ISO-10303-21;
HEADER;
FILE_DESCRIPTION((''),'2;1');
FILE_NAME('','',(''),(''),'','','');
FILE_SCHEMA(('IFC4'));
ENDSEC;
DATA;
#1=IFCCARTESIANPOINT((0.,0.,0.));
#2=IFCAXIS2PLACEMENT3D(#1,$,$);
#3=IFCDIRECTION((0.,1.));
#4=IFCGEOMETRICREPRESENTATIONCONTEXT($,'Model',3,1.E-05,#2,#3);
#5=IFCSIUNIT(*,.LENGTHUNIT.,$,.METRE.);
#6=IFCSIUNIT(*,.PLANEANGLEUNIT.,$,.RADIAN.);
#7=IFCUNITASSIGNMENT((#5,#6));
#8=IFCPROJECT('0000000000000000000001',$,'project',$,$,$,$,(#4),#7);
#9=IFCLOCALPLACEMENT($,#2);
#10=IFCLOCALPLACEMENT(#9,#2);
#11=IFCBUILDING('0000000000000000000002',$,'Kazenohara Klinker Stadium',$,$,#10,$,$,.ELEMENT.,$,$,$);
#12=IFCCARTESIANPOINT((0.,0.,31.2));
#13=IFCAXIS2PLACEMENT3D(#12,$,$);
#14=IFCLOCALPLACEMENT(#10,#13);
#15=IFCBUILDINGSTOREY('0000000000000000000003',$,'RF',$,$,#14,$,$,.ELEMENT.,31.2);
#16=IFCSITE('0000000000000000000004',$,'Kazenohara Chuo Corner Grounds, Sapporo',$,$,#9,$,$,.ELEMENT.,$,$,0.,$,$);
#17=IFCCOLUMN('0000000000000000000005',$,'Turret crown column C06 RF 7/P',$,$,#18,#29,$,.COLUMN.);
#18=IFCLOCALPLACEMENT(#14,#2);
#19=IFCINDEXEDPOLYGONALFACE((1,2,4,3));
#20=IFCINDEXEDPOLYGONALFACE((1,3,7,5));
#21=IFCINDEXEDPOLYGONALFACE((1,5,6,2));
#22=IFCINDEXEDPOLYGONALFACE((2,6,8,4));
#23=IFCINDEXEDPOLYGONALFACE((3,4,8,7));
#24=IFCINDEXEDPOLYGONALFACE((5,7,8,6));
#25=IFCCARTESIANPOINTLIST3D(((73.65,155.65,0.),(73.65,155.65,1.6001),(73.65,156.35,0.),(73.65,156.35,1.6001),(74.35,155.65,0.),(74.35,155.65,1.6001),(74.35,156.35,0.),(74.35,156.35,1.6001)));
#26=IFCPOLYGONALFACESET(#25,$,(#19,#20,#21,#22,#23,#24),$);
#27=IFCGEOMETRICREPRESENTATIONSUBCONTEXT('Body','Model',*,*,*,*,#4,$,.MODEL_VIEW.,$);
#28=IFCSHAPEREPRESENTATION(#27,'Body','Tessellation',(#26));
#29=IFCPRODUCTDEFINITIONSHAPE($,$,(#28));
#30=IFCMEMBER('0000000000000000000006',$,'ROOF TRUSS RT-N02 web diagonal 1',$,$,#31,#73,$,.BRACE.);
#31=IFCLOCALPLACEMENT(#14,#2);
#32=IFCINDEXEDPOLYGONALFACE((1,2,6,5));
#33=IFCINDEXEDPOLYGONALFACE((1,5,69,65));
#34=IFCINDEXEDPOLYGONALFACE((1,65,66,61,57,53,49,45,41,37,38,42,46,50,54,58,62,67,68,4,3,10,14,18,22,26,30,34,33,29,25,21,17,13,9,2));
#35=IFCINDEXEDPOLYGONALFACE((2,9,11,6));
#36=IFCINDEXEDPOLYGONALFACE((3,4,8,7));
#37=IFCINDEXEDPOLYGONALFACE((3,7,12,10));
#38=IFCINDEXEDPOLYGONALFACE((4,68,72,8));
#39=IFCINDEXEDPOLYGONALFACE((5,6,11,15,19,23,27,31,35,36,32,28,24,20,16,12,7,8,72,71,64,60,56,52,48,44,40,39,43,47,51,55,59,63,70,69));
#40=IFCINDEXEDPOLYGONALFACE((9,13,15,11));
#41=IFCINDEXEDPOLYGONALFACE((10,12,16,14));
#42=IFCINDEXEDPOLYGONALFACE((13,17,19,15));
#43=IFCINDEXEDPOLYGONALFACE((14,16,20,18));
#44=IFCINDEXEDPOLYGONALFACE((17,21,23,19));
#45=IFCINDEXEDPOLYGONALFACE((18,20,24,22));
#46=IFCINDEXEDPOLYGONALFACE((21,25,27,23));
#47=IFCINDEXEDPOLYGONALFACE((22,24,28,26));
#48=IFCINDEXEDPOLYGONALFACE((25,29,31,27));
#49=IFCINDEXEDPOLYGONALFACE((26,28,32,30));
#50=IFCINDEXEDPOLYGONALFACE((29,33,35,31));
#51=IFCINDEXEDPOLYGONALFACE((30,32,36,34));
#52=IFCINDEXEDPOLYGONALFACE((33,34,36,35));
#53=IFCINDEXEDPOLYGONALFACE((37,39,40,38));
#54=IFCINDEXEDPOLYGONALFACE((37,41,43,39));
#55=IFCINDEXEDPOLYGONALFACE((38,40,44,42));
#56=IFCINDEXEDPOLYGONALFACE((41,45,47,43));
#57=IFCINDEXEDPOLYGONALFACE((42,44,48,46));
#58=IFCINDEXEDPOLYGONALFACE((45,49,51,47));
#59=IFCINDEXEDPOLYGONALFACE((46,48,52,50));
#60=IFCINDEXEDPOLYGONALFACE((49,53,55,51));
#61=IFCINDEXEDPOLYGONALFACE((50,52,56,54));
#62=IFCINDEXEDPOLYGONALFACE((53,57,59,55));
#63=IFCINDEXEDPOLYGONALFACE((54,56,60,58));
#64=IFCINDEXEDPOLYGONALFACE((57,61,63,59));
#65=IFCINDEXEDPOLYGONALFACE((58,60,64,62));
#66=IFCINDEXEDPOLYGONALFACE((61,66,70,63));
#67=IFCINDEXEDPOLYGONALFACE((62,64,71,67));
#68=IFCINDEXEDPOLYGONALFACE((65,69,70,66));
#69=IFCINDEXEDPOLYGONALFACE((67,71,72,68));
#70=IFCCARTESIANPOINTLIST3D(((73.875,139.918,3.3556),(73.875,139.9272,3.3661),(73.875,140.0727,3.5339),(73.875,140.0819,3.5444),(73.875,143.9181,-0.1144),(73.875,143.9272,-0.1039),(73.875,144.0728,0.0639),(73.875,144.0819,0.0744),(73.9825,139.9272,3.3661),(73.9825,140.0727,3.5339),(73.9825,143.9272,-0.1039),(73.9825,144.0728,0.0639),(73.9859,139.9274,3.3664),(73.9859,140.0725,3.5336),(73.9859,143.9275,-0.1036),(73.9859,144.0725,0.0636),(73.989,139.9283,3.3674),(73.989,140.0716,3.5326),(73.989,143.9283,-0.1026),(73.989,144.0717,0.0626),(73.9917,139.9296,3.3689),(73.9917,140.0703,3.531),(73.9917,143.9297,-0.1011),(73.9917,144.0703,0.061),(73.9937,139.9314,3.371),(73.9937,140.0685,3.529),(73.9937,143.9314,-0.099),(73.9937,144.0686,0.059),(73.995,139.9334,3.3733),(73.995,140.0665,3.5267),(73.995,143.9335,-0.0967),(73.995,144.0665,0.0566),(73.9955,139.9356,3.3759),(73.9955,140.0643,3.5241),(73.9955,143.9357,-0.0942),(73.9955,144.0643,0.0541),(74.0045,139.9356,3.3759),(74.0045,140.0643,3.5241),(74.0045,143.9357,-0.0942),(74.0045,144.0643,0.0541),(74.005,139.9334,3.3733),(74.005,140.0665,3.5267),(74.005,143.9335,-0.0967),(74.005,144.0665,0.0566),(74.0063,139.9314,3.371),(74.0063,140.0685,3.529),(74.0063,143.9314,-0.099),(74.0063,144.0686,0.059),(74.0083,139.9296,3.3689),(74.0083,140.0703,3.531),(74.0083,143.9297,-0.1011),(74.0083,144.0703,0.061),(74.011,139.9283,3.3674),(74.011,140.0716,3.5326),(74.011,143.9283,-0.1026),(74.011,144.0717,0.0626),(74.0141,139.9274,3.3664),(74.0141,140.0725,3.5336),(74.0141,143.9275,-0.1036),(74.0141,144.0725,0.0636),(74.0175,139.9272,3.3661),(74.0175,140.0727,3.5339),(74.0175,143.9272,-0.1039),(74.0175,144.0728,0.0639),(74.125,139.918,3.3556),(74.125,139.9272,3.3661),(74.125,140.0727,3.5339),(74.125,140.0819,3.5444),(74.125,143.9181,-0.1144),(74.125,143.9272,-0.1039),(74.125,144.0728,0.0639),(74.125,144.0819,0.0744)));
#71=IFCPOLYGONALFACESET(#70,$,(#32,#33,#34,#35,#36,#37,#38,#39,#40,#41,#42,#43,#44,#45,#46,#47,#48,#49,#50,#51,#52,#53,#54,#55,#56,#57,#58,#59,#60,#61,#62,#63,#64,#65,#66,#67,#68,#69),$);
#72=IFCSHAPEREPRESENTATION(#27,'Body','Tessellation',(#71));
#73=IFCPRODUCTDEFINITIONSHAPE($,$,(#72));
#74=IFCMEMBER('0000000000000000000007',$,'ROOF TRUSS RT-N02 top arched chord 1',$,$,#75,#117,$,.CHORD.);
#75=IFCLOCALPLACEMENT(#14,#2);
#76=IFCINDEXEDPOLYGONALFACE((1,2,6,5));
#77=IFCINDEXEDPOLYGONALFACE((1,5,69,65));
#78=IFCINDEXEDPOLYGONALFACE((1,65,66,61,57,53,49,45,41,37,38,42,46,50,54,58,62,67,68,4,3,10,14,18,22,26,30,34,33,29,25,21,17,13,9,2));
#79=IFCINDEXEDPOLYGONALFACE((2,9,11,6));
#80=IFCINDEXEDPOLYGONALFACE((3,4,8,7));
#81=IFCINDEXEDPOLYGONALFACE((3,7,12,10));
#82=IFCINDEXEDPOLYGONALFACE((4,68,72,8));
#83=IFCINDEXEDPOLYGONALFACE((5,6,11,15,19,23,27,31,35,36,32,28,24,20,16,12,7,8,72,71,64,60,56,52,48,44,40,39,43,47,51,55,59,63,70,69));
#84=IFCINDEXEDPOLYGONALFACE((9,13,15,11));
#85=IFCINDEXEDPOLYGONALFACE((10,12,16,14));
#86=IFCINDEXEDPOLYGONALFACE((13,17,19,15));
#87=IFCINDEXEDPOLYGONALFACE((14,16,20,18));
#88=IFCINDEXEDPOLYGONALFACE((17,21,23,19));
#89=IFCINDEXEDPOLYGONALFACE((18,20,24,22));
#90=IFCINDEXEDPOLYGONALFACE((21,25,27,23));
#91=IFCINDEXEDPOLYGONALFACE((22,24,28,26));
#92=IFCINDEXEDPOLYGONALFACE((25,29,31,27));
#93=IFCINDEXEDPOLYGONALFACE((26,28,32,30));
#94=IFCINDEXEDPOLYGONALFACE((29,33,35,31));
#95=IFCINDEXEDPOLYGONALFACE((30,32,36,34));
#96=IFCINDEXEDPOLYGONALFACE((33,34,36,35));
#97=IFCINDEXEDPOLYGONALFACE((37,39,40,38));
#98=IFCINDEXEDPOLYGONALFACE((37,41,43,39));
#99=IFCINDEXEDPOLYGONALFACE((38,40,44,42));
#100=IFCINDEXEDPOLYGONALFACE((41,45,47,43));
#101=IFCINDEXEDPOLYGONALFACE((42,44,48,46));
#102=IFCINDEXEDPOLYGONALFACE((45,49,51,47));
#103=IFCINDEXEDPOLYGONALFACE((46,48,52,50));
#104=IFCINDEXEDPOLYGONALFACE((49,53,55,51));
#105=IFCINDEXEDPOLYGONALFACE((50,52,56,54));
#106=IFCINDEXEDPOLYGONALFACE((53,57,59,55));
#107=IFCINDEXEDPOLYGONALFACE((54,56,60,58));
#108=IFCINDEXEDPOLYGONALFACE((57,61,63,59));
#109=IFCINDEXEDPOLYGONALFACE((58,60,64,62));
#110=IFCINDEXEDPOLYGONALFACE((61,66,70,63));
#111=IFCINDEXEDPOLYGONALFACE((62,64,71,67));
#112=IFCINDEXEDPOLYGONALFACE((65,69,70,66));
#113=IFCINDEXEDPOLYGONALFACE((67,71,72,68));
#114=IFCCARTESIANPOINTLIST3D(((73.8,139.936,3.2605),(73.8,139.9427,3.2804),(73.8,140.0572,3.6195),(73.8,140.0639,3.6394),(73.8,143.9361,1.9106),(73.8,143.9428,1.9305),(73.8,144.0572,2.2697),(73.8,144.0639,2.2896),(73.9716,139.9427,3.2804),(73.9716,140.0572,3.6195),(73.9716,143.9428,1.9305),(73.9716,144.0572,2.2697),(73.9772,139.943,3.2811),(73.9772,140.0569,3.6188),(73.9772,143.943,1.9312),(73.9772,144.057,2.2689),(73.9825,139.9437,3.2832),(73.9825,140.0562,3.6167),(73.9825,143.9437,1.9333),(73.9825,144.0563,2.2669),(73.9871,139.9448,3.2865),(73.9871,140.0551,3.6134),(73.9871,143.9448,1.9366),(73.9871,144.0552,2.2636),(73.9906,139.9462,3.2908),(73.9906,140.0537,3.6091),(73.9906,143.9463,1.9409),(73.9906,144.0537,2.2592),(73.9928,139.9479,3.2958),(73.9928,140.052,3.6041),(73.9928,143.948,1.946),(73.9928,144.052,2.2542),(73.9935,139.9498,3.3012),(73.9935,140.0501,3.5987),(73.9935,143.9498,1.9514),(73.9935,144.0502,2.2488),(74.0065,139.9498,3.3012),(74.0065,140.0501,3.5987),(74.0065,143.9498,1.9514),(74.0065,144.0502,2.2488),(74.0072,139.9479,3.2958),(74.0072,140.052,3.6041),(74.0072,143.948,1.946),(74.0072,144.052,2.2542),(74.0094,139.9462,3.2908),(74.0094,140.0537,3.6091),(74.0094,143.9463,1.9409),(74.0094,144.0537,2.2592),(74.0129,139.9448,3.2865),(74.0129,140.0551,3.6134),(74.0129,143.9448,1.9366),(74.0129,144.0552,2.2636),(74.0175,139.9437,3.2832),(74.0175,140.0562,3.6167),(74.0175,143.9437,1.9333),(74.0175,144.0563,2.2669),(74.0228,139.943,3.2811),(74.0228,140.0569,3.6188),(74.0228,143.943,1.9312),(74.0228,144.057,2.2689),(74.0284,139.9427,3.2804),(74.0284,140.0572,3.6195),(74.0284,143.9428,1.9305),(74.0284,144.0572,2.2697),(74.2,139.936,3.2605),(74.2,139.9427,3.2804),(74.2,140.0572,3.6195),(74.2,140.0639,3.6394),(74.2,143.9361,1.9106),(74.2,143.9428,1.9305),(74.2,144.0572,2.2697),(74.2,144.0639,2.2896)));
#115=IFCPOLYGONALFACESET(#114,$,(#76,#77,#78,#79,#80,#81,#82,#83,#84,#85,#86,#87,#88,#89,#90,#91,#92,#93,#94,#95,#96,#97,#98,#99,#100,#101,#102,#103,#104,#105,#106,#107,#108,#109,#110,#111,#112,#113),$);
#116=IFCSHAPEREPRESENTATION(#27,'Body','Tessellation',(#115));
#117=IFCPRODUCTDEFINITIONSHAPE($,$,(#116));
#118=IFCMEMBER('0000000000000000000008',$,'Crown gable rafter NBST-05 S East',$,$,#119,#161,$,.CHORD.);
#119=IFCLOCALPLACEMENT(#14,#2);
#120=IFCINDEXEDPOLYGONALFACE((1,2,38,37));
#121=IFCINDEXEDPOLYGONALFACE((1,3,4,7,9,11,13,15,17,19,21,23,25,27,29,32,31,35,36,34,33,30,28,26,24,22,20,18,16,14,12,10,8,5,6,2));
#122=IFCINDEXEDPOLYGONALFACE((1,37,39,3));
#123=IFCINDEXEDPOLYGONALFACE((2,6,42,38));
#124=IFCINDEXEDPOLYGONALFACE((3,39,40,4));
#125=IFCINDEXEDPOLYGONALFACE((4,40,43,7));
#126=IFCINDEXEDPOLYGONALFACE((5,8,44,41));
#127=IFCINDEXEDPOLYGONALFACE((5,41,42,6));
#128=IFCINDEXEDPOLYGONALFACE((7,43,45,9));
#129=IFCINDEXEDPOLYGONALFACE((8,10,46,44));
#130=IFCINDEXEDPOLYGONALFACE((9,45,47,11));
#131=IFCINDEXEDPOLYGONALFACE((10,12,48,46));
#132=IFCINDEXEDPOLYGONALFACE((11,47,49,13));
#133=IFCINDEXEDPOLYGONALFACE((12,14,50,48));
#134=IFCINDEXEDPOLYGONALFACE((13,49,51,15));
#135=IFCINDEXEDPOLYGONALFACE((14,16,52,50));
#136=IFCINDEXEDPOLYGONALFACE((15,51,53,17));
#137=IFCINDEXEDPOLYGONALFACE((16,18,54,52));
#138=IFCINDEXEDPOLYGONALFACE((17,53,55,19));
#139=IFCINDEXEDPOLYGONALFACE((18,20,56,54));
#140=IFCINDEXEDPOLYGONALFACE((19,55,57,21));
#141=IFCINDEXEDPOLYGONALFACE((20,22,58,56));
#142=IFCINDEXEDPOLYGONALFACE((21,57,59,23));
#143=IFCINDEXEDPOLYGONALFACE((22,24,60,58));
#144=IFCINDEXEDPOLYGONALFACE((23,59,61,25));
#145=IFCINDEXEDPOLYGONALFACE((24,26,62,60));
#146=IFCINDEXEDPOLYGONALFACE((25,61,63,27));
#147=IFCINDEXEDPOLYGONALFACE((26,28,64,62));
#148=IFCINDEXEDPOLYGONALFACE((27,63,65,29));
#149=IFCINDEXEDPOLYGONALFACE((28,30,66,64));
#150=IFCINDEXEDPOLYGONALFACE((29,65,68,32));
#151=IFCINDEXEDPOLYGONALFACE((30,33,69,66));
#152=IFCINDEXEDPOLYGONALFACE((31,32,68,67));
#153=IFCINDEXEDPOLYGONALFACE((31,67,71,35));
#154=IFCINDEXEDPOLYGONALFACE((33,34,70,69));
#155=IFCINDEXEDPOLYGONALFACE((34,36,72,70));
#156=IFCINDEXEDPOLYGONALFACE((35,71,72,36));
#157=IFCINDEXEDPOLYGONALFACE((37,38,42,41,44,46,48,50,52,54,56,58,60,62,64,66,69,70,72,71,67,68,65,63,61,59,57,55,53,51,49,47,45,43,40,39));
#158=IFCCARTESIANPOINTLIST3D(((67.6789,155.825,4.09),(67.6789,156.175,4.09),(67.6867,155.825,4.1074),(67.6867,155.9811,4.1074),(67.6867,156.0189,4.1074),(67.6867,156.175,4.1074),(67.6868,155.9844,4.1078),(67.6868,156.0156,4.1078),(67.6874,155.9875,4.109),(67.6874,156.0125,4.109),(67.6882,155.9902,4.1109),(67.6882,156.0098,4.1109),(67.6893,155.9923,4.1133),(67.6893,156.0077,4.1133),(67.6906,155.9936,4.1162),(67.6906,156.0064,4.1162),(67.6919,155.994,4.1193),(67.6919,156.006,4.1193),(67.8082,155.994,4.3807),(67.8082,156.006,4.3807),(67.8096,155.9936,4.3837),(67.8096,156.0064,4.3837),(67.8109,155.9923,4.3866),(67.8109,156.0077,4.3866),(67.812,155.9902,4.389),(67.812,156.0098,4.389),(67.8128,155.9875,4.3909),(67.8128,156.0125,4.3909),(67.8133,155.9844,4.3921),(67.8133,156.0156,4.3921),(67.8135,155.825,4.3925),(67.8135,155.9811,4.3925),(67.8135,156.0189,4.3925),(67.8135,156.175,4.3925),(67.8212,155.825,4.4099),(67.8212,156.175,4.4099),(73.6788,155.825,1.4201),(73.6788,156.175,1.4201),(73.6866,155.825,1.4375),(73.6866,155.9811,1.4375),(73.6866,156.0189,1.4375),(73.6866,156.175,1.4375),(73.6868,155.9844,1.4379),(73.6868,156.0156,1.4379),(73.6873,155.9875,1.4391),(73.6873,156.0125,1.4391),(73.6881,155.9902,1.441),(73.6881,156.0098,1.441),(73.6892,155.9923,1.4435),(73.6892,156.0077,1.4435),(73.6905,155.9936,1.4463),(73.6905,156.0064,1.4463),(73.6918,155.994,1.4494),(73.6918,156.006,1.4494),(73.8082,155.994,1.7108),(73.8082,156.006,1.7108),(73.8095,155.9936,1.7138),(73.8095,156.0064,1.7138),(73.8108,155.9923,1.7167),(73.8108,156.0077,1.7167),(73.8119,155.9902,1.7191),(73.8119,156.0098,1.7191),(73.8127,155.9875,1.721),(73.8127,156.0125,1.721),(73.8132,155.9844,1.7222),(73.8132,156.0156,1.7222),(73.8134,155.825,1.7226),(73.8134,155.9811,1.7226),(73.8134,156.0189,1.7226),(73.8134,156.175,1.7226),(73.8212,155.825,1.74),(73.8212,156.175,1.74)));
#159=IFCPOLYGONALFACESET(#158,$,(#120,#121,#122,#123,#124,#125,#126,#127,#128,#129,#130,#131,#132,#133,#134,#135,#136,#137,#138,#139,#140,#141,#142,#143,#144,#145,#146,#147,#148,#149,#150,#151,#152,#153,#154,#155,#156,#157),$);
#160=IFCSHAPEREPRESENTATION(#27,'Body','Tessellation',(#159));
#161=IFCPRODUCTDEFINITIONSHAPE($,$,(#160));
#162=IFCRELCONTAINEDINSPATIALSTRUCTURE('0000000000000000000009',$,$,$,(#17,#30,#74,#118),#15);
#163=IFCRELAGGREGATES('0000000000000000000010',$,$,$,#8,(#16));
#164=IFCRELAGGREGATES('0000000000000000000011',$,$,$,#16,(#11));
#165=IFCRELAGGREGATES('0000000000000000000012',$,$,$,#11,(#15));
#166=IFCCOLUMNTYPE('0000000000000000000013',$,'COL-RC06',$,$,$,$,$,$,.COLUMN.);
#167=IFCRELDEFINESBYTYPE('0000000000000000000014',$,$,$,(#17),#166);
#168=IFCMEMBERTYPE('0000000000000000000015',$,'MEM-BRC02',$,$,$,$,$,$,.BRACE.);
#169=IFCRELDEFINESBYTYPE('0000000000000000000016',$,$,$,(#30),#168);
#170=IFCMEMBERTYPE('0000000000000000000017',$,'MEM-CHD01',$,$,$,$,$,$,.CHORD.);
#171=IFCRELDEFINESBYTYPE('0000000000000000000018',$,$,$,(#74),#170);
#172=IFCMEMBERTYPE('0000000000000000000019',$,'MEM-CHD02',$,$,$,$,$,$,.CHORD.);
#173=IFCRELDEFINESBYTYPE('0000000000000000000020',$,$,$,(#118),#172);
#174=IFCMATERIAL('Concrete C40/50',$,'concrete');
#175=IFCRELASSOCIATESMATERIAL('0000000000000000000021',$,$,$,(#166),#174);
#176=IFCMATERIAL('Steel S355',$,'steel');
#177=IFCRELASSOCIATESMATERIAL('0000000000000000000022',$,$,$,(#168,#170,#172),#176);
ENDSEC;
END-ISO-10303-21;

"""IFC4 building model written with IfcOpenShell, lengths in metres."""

from ifc_helpers import new_model, si_unit, direction, frame, origin, origin_2d, place, context, subcontext, project, spatial, rectangle, i_section, extrude, material, material_profile, profile_set, type_object, element, save


model = new_model("IFC4")

# Units and contexts
model_context = context("Model", 3, precision=1e-05, world=origin(), true_north=direction((0.0, 1.0)))
body_context = subcontext(model_context, "Body", "Model", "MODEL_VIEW")
ifc_project = project(units=[si_unit("LENGTHUNIT", "METRE"), si_unit("PLANEANGLEUNIT", "RADIAN")], contexts=[model_context])

# Site, building, storey
site_placement = place(None, origin())
site = spatial("IfcSite", under=ifc_project, at=site_placement, Name="Kazenohara Chuo Corner Grounds, Sapporo", CompositionType="ELEMENT", RefElevation=0.0)
building_placement = place(site_placement, origin())
building = spatial("IfcBuilding", under=site, at=building_placement, Name="Kazenohara Klinker Stadium", CompositionType="ELEMENT")
storey_placement = place(building_placement, frame((0.0, 0.0, 31.2)))
storey = spatial("IfcBuildingStorey", under=building, at=storey_placement, Name="RF", CompositionType="ELEMENT", Elevation=31.2)

# Column
ifc_material_1 = material(Name="Concrete C40/50", Category="concrete")
ifc_material_profile_1 = material_profile(ifc_material_1, rectangle(XDim=0.7, YDim=0.7, at=origin_2d()), Name="RC-COL-700x700")
ifc_profile_set_1 = profile_set([ifc_material_profile_1], Name="Concrete C40/50")
column_type = type_object("IfcColumnType", Name="COL-RC06", PredefinedType="COLUMN", material=ifc_profile_set_1)
column_placement = place(storey_placement, frame((74.0, 156.0, 0.0), z_axis=(0.0, 0.0, 1.0), x_axis=(1.0, 0.0, 0.0)))
element("IfcColumn", 1, at=column_placement, inside=storey, type_object=column_type, Name="Turret crown column C06 RF 7/P", PredefinedType="COLUMN", context=body_context, shape_type="SweptSolid", body=[
    extrude(rectangle(XDim=0.7, YDim=0.7, at=origin_2d()), origin(), (0.0, 0.0, 1.0), 1.6001),
])

# Members
ifc_material_2 = material(Name="Steel S355", Category="steel")
ifc_material_profile_2 = material_profile(ifc_material_2, i_section(OverallWidth=0.25, OverallDepth=0.25, WebThickness=0.009, FlangeThickness=0.0139, FilletRadius=0.0129, at=origin_2d()), Name="H-250x250x9x14")
ifc_profile_set_2 = profile_set([ifc_material_profile_2], Name="Steel S355")
member_type_1 = type_object("IfcMemberType", Name="MEM-BRC02", PredefinedType="BRACE", material=ifc_profile_set_2)
member_1_placement = place(storey_placement, frame((74.0, 144.0, -0.02), z_axis=(0.0, -0.75538, 0.655287), x_axis=(1.0, 0.0, 0.0)))
element("IfcMember", 2, at=member_1_placement, inside=storey, type_object=member_type_1, Name="ROOF TRUSS RT-N02 web diagonal 1", PredefinedType="BRACE", context=body_context, shape_type="SweptSolid", body=[
    extrude(i_section(OverallWidth=0.25, OverallDepth=0.25, WebThickness=0.009, FlangeThickness=0.0139, FilletRadius=0.0129, at=origin_2d()), origin(), (0.0, 0.0, 1.0), 5.2954),
])
ifc_material_profile_3 = material_profile(ifc_material_2, i_section(OverallWidth=0.3999, OverallDepth=0.3999, WebThickness=0.0129, FlangeThickness=0.021, FilletRadius=0.022, at=origin_2d()), Name="H-400x400x13x21")
ifc_profile_set_3 = profile_set([ifc_material_profile_3], Name="Steel S355")
member_type_2 = type_object("IfcMemberType", Name="MEM-CHD01", PredefinedType="CHORD", material=ifc_profile_set_3)
member_2_placement = place(storey_placement, frame((74.0, 144.0, 2.1001), z_axis=(0.0, -0.947503, 0.319747), x_axis=(1.0, 0.0, 0.0)))
element("IfcMember", 3, at=member_2_placement, inside=storey, type_object=member_type_2, Name="ROOF TRUSS RT-N02 top arched chord 1", PredefinedType="CHORD", context=body_context, shape_type="SweptSolid", body=[
    extrude(i_section(OverallWidth=0.3999, OverallDepth=0.3999, WebThickness=0.0129, FlangeThickness=0.021, FilletRadius=0.022, at=origin_2d()), origin(), (0.0, 0.0, 1.0), 4.2217),
])
ifc_material_profile_4 = material_profile(ifc_material_2, i_section(OverallWidth=0.3501, OverallDepth=0.3501, WebThickness=0.012, FlangeThickness=0.019, FilletRadius=0.0129, at=origin_2d()), Name="H-350x350x12x19")
ifc_profile_set_4 = profile_set([ifc_material_profile_4], Name="Steel S355")
member_type_3 = type_object("IfcMemberType", Name="MEM-CHD02", PredefinedType="CHORD", material=ifc_profile_set_4)
for number, where, z_axis, x_axis, name in (
    (4, (73.75, 156.0, 1.5801), (-0.913627, 0.0, 0.406552), (0.0, -1.0, 0.0), "Crown gable rafter NBST-05 S East"),
):
    element("IfcMember", number, at=place(storey_placement, frame(where, z_axis=z_axis, x_axis=x_axis)), inside=storey, type_object=member_type_3, Name=name, PredefinedType="CHORD", context=body_context, shape_type="SweptSolid", body=[
        extrude(i_section(OverallWidth=0.3501, OverallDepth=0.3501, WebThickness=0.012, FlangeThickness=0.019, FilletRadius=0.0129, at=origin_2d()), origin(), (0.0, 0.0, 1.0), 6.5671),
    ])

save(model, "model.ifc")
